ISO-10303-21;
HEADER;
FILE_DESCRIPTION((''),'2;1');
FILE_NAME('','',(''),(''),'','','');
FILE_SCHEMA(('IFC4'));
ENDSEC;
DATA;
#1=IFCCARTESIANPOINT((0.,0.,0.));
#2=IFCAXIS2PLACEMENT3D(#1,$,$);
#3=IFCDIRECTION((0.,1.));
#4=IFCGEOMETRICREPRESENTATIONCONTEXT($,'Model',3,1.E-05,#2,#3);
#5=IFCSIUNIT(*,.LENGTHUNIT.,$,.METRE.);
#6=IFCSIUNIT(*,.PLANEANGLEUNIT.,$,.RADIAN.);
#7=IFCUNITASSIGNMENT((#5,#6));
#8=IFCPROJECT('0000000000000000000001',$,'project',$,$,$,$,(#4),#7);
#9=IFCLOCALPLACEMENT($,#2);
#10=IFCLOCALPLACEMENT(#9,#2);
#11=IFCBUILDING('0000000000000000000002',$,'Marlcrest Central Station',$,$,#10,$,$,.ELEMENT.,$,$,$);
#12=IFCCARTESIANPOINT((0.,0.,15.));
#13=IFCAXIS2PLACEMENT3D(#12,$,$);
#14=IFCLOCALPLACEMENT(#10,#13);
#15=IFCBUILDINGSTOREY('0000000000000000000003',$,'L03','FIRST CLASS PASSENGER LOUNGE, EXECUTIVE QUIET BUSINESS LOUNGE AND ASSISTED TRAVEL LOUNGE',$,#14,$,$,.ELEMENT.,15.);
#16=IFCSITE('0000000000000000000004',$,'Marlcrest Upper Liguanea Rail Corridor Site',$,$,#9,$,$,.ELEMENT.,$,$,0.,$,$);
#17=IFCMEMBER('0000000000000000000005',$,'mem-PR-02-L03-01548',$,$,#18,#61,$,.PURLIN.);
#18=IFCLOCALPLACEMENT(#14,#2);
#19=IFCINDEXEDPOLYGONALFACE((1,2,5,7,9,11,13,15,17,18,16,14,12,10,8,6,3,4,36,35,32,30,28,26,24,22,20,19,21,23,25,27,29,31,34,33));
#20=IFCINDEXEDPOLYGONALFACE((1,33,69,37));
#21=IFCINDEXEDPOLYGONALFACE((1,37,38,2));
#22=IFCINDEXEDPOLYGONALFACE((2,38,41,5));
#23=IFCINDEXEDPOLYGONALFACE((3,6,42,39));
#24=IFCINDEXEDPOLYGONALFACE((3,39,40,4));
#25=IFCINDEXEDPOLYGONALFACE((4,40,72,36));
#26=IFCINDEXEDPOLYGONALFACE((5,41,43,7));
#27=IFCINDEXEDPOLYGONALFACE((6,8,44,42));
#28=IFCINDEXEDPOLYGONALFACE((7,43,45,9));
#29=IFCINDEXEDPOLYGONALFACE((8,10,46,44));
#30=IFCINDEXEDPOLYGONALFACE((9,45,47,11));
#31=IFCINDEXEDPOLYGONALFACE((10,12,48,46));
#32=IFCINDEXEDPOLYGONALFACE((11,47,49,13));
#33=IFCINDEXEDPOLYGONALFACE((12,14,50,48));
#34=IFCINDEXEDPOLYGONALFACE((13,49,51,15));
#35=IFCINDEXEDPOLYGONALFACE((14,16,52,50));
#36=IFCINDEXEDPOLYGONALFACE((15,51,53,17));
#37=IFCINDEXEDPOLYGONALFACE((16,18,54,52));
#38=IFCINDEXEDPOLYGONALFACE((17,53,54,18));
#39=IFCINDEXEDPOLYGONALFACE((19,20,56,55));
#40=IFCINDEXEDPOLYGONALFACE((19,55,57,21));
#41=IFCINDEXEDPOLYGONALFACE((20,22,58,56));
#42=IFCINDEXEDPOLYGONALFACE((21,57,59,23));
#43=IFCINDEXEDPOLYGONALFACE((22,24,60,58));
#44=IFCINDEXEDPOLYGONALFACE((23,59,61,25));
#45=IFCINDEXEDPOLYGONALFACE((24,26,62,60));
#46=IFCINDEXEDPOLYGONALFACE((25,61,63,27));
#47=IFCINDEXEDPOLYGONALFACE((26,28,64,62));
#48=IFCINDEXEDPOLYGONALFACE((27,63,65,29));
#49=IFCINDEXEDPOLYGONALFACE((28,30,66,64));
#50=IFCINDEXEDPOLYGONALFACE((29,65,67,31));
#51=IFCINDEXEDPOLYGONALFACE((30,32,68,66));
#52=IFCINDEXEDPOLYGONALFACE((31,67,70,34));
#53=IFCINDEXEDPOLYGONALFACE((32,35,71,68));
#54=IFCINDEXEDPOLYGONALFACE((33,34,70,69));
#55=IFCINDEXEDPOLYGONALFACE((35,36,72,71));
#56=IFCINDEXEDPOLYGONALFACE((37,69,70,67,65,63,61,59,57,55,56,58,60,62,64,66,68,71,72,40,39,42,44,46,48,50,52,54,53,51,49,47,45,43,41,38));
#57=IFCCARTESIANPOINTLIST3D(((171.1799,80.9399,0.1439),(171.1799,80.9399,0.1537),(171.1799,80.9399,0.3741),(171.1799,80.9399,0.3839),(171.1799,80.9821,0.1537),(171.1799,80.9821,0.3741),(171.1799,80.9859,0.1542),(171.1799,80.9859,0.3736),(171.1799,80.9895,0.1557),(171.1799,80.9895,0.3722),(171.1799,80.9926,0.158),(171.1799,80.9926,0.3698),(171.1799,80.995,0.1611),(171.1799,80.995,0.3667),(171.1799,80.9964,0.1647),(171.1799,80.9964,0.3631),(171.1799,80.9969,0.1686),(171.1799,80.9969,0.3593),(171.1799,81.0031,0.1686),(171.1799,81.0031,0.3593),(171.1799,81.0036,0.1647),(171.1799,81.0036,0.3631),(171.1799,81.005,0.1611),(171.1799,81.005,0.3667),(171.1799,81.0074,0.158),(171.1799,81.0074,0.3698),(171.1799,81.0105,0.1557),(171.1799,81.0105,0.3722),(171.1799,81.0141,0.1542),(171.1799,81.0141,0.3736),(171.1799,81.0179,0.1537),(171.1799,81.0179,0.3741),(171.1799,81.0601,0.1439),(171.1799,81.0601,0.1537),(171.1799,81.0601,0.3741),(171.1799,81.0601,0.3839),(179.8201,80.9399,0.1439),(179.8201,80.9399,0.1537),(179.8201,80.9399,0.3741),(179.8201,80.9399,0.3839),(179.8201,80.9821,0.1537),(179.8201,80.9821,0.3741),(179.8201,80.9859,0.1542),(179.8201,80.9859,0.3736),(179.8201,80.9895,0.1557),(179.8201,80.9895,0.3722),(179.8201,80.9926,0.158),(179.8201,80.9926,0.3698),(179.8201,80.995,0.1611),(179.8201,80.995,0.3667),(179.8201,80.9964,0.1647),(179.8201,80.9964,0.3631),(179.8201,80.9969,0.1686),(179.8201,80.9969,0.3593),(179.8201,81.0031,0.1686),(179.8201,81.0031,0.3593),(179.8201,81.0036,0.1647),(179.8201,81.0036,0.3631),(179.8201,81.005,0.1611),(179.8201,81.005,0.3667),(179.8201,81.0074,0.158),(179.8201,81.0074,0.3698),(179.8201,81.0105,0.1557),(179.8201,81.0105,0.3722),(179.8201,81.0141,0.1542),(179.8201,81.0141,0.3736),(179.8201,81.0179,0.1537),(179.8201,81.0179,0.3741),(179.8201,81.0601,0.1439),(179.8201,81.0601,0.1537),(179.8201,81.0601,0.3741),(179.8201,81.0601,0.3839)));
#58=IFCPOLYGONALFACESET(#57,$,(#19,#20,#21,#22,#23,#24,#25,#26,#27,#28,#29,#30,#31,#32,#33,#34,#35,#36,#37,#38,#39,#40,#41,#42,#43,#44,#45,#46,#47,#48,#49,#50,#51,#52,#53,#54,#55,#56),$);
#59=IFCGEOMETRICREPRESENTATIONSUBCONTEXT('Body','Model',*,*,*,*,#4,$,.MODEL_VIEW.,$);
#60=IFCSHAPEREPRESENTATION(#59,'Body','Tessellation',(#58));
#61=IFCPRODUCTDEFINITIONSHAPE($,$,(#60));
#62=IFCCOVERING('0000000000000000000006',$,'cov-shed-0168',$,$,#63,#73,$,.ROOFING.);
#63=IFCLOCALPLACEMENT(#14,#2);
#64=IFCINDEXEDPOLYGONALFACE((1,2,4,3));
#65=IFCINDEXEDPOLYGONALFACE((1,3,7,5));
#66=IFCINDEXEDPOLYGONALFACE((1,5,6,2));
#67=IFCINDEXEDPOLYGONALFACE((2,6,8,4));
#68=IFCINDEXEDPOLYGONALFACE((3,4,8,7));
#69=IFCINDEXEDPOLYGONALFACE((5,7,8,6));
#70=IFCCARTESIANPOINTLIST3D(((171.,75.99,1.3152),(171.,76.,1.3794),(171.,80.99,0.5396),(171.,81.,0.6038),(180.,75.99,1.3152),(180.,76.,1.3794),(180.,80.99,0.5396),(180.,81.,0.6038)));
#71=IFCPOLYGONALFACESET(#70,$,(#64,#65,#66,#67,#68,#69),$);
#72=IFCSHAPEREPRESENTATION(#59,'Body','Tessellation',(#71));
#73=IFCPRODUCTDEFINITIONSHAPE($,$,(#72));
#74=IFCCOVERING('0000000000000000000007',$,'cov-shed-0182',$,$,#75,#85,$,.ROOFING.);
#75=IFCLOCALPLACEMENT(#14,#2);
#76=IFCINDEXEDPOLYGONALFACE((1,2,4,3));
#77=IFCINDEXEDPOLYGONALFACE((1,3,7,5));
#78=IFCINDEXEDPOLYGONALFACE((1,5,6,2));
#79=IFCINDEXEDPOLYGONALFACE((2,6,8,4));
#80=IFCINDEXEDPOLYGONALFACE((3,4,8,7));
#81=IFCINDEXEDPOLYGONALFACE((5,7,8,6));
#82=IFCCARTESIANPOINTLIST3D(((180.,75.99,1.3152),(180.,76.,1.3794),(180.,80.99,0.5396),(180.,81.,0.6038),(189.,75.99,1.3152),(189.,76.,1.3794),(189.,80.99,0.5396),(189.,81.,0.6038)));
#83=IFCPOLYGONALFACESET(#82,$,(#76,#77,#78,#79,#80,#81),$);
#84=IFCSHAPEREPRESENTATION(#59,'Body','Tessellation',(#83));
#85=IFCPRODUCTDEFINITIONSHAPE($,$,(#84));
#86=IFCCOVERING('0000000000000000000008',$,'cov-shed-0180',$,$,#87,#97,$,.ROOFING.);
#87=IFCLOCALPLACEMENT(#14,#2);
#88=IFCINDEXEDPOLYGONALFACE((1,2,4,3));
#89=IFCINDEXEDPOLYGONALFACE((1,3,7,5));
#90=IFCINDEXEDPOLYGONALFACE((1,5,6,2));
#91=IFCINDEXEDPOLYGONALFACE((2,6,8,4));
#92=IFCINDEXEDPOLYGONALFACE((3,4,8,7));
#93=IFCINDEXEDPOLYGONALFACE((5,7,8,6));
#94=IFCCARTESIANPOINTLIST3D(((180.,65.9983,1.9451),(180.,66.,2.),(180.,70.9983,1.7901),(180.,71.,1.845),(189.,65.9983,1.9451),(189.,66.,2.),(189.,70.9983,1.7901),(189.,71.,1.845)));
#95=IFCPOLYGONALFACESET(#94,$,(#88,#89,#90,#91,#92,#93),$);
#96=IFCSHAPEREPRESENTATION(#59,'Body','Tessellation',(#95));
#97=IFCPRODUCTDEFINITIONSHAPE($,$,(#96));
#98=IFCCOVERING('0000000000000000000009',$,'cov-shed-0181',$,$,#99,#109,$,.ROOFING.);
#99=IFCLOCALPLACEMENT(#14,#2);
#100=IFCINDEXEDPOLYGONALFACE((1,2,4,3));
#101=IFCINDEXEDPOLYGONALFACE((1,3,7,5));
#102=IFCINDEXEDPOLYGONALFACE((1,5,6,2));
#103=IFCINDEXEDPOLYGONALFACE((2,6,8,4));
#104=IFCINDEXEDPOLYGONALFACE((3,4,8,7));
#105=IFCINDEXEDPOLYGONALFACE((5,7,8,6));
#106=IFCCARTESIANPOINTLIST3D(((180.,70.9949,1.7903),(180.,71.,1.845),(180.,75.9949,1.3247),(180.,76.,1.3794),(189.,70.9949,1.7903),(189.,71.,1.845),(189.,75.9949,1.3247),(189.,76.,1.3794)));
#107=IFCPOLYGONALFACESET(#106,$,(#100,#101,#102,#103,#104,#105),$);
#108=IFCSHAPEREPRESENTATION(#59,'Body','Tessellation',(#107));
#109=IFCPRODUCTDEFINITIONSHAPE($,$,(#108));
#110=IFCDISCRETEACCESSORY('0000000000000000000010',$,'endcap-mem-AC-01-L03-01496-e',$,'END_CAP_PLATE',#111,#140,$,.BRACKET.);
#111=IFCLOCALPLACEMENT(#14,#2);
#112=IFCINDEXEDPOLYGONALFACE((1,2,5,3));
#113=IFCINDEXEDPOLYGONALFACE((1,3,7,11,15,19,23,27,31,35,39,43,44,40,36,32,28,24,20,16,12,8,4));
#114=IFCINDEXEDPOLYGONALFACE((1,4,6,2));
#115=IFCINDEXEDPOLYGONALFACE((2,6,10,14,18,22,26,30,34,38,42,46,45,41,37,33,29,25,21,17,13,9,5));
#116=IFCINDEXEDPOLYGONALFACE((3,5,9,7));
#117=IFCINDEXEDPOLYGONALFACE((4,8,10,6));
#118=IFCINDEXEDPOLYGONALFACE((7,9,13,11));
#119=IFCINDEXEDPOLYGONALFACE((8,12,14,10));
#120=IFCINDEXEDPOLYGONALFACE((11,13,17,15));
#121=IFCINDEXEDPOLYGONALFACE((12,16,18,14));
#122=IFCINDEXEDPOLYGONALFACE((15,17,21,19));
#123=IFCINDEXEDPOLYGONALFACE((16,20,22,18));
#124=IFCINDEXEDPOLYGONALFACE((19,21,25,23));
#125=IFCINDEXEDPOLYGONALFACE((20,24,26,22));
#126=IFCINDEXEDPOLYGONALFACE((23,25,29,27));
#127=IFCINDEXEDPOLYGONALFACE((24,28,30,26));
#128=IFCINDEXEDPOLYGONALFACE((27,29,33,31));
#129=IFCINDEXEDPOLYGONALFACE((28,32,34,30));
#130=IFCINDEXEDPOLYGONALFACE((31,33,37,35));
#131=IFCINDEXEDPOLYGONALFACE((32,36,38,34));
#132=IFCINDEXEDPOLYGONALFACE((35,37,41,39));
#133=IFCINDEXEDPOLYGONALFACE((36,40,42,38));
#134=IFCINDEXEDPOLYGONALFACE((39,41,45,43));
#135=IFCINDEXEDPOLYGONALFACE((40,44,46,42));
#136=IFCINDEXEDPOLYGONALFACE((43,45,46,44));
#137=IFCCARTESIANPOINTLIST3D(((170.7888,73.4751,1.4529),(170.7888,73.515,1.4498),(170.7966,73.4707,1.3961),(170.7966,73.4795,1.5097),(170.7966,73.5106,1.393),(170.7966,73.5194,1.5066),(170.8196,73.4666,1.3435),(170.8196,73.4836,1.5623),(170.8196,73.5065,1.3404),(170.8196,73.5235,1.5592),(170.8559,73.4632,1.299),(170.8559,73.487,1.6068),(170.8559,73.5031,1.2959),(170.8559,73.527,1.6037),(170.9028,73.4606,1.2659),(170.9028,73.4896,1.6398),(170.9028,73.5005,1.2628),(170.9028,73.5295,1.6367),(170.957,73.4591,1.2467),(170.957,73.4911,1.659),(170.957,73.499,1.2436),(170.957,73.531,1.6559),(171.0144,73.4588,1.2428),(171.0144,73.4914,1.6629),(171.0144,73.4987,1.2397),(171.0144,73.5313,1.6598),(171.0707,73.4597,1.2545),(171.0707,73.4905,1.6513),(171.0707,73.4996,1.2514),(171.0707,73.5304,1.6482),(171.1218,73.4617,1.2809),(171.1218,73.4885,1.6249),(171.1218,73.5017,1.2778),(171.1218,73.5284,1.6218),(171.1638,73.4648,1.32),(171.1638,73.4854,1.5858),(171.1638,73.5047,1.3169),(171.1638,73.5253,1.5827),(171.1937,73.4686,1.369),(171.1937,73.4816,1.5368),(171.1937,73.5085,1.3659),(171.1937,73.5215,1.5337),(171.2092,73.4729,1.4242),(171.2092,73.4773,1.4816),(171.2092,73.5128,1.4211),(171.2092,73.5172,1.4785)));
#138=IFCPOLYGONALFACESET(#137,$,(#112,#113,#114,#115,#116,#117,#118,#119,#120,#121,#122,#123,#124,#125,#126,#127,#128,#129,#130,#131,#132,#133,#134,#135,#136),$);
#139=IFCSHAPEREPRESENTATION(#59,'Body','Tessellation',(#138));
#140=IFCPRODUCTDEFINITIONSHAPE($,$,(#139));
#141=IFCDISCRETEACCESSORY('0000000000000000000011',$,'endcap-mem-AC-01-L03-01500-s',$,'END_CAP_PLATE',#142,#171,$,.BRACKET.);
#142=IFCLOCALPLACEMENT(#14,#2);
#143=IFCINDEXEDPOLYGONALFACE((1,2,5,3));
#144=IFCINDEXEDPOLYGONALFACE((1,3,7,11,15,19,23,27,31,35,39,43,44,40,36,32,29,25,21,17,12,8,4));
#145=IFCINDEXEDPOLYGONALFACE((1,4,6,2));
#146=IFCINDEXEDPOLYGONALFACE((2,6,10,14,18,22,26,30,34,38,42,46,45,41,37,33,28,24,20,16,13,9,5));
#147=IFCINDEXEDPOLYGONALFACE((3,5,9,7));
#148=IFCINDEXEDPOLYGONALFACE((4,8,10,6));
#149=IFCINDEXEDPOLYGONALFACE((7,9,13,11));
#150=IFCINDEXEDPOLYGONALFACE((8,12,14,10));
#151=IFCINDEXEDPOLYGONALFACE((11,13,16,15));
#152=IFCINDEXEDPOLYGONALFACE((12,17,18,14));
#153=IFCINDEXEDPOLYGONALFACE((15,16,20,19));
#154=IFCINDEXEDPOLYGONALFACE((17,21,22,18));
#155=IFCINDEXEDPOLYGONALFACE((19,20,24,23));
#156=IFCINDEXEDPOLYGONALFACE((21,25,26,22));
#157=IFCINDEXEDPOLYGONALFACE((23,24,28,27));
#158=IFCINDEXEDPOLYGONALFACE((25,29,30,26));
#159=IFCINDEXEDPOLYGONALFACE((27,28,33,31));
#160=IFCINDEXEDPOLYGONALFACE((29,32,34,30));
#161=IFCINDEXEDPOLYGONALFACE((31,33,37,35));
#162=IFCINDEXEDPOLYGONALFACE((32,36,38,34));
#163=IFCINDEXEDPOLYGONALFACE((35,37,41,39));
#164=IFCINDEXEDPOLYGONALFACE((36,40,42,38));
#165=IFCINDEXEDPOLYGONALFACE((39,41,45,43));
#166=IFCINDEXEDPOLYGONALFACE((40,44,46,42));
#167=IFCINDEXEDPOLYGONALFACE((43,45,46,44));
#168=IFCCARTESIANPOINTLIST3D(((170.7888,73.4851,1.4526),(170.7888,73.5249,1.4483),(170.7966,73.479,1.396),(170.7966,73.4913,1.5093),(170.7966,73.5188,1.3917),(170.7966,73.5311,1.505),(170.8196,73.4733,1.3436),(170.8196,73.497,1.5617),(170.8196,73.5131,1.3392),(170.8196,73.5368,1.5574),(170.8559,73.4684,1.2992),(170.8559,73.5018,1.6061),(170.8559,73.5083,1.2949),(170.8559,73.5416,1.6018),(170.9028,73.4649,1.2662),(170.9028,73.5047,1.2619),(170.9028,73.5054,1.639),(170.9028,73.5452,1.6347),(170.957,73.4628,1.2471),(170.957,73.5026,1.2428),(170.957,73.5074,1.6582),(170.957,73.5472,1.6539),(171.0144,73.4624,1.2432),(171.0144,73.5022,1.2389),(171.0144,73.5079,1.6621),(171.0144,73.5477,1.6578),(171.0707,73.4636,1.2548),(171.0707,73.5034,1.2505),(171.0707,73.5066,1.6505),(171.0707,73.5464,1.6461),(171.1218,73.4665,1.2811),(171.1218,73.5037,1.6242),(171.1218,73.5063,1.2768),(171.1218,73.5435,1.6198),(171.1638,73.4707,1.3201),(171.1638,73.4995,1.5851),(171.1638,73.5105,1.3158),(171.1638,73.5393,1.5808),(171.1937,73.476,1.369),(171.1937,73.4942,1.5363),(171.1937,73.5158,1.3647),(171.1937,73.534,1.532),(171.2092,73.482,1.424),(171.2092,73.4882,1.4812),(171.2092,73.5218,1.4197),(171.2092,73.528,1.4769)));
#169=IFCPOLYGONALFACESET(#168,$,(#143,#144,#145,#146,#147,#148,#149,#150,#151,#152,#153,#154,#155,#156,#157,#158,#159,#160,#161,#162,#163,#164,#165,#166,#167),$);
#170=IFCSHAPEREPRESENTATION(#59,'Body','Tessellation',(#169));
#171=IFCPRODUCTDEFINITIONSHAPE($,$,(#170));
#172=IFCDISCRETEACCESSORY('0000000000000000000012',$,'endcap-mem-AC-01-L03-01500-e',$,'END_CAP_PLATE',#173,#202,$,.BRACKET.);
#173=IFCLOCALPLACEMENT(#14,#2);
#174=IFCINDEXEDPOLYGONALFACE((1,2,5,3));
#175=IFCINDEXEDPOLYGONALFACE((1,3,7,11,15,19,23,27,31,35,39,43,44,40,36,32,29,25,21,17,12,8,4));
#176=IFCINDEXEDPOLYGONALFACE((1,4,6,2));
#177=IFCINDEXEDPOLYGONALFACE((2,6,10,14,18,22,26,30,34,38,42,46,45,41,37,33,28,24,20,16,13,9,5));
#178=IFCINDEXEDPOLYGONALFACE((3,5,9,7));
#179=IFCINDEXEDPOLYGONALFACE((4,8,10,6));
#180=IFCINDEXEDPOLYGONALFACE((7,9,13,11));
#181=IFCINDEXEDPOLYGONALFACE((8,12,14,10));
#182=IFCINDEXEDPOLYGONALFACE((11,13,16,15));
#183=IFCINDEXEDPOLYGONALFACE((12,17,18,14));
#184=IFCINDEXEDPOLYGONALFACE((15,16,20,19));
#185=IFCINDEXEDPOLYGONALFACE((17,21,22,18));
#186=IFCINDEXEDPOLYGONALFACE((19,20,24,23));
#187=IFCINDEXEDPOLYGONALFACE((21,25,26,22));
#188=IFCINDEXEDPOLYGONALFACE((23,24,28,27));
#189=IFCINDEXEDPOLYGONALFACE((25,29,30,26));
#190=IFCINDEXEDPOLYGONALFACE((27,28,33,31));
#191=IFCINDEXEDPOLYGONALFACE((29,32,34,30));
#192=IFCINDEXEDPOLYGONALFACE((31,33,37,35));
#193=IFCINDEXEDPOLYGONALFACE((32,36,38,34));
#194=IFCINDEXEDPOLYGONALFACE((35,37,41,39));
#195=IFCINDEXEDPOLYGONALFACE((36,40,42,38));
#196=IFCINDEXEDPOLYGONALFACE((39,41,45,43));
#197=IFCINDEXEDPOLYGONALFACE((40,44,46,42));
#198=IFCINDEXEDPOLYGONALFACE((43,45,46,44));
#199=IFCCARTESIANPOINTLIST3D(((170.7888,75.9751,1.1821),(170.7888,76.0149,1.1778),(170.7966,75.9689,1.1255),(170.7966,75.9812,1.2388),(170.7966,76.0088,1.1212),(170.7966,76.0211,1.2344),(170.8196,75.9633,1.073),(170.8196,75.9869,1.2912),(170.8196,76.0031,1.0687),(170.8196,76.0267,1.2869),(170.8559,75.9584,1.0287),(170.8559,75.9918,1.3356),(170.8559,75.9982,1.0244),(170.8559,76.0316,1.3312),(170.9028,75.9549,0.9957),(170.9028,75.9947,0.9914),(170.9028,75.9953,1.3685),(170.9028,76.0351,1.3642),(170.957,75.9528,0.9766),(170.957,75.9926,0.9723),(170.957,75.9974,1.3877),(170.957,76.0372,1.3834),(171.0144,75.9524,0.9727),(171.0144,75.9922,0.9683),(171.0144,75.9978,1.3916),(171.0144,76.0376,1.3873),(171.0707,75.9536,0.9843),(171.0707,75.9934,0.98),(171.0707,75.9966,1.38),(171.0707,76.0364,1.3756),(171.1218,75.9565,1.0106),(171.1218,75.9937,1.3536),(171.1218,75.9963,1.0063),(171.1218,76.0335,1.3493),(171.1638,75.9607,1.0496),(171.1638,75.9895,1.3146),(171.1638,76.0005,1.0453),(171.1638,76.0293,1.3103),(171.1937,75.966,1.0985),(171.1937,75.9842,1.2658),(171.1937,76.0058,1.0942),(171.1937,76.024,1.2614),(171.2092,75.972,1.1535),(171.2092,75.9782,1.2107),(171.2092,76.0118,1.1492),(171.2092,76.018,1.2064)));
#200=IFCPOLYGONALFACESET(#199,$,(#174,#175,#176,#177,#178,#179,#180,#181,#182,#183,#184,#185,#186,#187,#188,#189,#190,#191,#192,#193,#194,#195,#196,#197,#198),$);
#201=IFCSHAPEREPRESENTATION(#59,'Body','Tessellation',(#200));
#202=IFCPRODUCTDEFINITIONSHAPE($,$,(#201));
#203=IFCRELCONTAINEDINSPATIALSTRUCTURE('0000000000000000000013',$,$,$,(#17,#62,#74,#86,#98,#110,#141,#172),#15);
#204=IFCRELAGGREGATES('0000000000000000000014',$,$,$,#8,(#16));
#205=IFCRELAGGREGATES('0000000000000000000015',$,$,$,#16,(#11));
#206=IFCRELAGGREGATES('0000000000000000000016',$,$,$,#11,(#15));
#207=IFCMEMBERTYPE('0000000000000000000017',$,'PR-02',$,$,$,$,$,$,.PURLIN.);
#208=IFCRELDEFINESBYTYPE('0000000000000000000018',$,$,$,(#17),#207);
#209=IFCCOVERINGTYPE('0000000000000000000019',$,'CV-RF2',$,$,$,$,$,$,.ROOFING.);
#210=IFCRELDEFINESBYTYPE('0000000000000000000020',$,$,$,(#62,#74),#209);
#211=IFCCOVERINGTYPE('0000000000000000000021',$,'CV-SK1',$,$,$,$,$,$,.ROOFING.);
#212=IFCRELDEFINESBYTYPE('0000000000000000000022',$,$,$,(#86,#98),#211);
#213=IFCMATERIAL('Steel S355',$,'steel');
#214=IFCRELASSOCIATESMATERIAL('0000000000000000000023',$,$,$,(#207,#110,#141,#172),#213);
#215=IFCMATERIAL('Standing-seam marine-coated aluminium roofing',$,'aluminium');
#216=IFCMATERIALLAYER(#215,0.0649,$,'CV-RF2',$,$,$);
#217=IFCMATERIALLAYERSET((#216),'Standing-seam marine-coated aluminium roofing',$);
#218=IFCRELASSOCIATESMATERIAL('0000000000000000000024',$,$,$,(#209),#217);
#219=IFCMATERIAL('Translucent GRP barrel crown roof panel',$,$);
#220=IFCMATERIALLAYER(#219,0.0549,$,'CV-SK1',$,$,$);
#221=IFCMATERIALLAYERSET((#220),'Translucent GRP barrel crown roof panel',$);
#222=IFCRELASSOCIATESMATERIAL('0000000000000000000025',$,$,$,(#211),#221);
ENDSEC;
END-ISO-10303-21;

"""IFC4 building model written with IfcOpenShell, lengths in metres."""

from ifc_helpers import new_model, si_unit, direction, frame, origin, origin_2d, place, context, subcontext, project, spatial, polyline, circle, i_section, outline, extrude, material, layer, layer_set, material_profile, profile_set, type_object, element, save


model = new_model("IFC4")

# Units and contexts
model_context = context("Model", 3, precision=1e-05, world=origin(), true_north=direction((0.0, 1.0)))
body_context = subcontext(model_context, "Body", "Model", "MODEL_VIEW")
ifc_project = project(units=[si_unit("LENGTHUNIT", "METRE"), si_unit("PLANEANGLEUNIT", "RADIAN")], contexts=[model_context])

# Site, building, storey
site_placement = place(None, origin())
site = spatial("IfcSite", under=ifc_project, at=site_placement, Name="Marlcrest Upper Liguanea Rail Corridor Site", CompositionType="ELEMENT", RefElevation=0.0)
building_placement = place(site_placement, origin())
building = spatial("IfcBuilding", under=site, at=building_placement, Name="Marlcrest Central Station", CompositionType="ELEMENT")
storey_placement = place(building_placement, frame((0.0, 0.0, 15.0)))
storey = spatial("IfcBuildingStorey", under=building, at=storey_placement, Name="L03", Description="FIRST CLASS PASSENGER LOUNGE, EXECUTIVE QUIET BUSINESS LOUNGE AND ASSISTED TRAVEL LOUNGE", CompositionType="ELEMENT", Elevation=15.0)

# Member
ifc_material_1 = material(Name="Steel S355", Category="steel")
ifc_material_profile_1 = material_profile(ifc_material_1, i_section(OverallWidth=0.1201, OverallDepth=0.24, WebThickness=0.0061, FlangeThickness=0.0098, FilletRadius=0.0149, at=origin_2d()), Name="IPE 240")
ifc_profile_set_1 = profile_set([ifc_material_profile_1], Name="Steel S355")
member_type_1 = type_object("IfcMemberType", Name="PR-02", PredefinedType="PURLIN", material=ifc_profile_set_1)
for number, where, z_axis, x_axis, name in (
    (1, (171.1799, 81.0, 0.2639), (1.0, 0.0, 0.0), (0.0, 1.0, 0.0), "mem-PR-02-L03-01548"),
):
    element("IfcMember", number, at=place(storey_placement, frame(where, z_axis=z_axis, x_axis=x_axis)), inside=storey, type_object=member_type_1, Name=name, PredefinedType="PURLIN", context=body_context, shape_type="SweptSolid", body=[
        extrude(i_section(OverallWidth=0.1201, OverallDepth=0.24, WebThickness=0.0061, FlangeThickness=0.0098, FilletRadius=0.0149, at=origin_2d()), origin(), (0.0, 0.0, 1.0), 8.6401),
    ])

# Coverings
ifc_material_2 = material(Name="Standing-seam marine-coated aluminium roofing", Category="aluminium")
ifc_layer_1 = layer(ifc_material_2, 0.0649, Name="CV-RF2")
ifc_layer_set_1 = layer_set([ifc_layer_1], Name="Standing-seam marine-coated aluminium roofing")
covering_type_1 = type_object("IfcCoveringType", Name="CV-RF2", PredefinedType="ROOFING", material=ifc_layer_set_1)
for number, where, z_axis, x_axis, name in (
    (2, (171.0, 76.0, 1.3794), (0.0, 0.153293, 0.988181), (1.0, 0.0, 0.0), "cov-shed-0168"),
    (3, (180.0, 76.0, 1.3794), (0.0, 0.153293, 0.988181), (1.0, 0.0, 0.0), "cov-shed-0182"),
):
    element("IfcCovering", number, at=place(storey_placement, frame(where, z_axis=z_axis, x_axis=x_axis)), inside=storey, type_object=covering_type_1, Name=name, PredefinedType="ROOFING", context=body_context, shape_type="SweptSolid", body=[
        extrude(outline(polyline([(0.0, 0.0), (9.0, 0.0), (9.0, 5.0598), (0.0, 5.0598), (0.0, 0.0)])), origin(), (0.0, 0.0, -1.0), 0.0649),
    ])
ifc_material_3 = material(Name="Translucent GRP barrel crown roof panel")
ifc_layer_2 = layer(ifc_material_3, 0.0549, Name="CV-SK1")
ifc_layer_set_2 = layer_set([ifc_layer_2], Name="Translucent GRP barrel crown roof panel")
covering_type_2 = type_object("IfcCoveringType", Name="CV-SK1", PredefinedType="ROOFING", material=ifc_layer_set_2)
covering_1_placement = place(storey_placement, frame((180.0, 66.0, 2.0), z_axis=(0.0, 0.030991, 0.99952), x_axis=(1.0, 0.0, 0.0)))
element("IfcCovering", 4, at=covering_1_placement, inside=storey, type_object=covering_type_2, Name="cov-shed-0180", PredefinedType="ROOFING", context=body_context, shape_type="SweptSolid", body=[
    extrude(outline(polyline([(0.0, 0.0), (9.0, 0.0), (9.0, 5.0024), (0.0, 5.0024), (0.0, 0.0)])), origin(), (0.0, 0.0, -1.0), 0.0549),
])
covering_2_placement = place(storey_placement, frame((180.0, 71.0, 1.845), z_axis=(0.0, 0.092714, 0.995693), x_axis=(1.0, 0.0, 0.0)))
element("IfcCovering", 5, at=covering_2_placement, inside=storey, type_object=covering_type_2, Name="cov-shed-0181", PredefinedType="ROOFING", context=body_context, shape_type="SweptSolid", body=[
    extrude(outline(polyline([(0.0, 0.0), (9.0, 0.0), (9.0, 5.0216), (0.0, 5.0216), (0.0, 0.0)])), origin(), (0.0, 0.0, -1.0), 0.0549),
])

# Discrete accessories
for number, where, z_axis, x_axis, name in (
    (6, (171.0, 73.4751, 1.4529), (0.0, 0.997, -0.077404), (-1.0, 0.0, 0.0), "endcap-mem-AC-01-L03-01496-e"),
    (7, (171.0, 73.4851, 1.4526), (0.0, 0.994155, -0.107959), (-1.0, 0.0, 0.0), "endcap-mem-AC-01-L03-01500-s"),
    (8, (171.0, 75.9751, 1.1821), (0.0, 0.994155, -0.107959), (-1.0, 0.0, 0.0), "endcap-mem-AC-01-L03-01500-e"),
):
    element("IfcDiscreteAccessory", number, at=place(storey_placement, frame(where, z_axis=z_axis, x_axis=x_axis)), inside=storey, material=ifc_material_1, Name=name, ObjectType="END_CAP_PLATE", PredefinedType="BRACKET", context=body_context, shape_type="SweptSolid", body=[
        extrude(circle(Radius=0.2112, at=origin_2d()), origin(), (0.0, 0.0, 1.0), 0.04),
    ])

save(model, "model.ifc")
